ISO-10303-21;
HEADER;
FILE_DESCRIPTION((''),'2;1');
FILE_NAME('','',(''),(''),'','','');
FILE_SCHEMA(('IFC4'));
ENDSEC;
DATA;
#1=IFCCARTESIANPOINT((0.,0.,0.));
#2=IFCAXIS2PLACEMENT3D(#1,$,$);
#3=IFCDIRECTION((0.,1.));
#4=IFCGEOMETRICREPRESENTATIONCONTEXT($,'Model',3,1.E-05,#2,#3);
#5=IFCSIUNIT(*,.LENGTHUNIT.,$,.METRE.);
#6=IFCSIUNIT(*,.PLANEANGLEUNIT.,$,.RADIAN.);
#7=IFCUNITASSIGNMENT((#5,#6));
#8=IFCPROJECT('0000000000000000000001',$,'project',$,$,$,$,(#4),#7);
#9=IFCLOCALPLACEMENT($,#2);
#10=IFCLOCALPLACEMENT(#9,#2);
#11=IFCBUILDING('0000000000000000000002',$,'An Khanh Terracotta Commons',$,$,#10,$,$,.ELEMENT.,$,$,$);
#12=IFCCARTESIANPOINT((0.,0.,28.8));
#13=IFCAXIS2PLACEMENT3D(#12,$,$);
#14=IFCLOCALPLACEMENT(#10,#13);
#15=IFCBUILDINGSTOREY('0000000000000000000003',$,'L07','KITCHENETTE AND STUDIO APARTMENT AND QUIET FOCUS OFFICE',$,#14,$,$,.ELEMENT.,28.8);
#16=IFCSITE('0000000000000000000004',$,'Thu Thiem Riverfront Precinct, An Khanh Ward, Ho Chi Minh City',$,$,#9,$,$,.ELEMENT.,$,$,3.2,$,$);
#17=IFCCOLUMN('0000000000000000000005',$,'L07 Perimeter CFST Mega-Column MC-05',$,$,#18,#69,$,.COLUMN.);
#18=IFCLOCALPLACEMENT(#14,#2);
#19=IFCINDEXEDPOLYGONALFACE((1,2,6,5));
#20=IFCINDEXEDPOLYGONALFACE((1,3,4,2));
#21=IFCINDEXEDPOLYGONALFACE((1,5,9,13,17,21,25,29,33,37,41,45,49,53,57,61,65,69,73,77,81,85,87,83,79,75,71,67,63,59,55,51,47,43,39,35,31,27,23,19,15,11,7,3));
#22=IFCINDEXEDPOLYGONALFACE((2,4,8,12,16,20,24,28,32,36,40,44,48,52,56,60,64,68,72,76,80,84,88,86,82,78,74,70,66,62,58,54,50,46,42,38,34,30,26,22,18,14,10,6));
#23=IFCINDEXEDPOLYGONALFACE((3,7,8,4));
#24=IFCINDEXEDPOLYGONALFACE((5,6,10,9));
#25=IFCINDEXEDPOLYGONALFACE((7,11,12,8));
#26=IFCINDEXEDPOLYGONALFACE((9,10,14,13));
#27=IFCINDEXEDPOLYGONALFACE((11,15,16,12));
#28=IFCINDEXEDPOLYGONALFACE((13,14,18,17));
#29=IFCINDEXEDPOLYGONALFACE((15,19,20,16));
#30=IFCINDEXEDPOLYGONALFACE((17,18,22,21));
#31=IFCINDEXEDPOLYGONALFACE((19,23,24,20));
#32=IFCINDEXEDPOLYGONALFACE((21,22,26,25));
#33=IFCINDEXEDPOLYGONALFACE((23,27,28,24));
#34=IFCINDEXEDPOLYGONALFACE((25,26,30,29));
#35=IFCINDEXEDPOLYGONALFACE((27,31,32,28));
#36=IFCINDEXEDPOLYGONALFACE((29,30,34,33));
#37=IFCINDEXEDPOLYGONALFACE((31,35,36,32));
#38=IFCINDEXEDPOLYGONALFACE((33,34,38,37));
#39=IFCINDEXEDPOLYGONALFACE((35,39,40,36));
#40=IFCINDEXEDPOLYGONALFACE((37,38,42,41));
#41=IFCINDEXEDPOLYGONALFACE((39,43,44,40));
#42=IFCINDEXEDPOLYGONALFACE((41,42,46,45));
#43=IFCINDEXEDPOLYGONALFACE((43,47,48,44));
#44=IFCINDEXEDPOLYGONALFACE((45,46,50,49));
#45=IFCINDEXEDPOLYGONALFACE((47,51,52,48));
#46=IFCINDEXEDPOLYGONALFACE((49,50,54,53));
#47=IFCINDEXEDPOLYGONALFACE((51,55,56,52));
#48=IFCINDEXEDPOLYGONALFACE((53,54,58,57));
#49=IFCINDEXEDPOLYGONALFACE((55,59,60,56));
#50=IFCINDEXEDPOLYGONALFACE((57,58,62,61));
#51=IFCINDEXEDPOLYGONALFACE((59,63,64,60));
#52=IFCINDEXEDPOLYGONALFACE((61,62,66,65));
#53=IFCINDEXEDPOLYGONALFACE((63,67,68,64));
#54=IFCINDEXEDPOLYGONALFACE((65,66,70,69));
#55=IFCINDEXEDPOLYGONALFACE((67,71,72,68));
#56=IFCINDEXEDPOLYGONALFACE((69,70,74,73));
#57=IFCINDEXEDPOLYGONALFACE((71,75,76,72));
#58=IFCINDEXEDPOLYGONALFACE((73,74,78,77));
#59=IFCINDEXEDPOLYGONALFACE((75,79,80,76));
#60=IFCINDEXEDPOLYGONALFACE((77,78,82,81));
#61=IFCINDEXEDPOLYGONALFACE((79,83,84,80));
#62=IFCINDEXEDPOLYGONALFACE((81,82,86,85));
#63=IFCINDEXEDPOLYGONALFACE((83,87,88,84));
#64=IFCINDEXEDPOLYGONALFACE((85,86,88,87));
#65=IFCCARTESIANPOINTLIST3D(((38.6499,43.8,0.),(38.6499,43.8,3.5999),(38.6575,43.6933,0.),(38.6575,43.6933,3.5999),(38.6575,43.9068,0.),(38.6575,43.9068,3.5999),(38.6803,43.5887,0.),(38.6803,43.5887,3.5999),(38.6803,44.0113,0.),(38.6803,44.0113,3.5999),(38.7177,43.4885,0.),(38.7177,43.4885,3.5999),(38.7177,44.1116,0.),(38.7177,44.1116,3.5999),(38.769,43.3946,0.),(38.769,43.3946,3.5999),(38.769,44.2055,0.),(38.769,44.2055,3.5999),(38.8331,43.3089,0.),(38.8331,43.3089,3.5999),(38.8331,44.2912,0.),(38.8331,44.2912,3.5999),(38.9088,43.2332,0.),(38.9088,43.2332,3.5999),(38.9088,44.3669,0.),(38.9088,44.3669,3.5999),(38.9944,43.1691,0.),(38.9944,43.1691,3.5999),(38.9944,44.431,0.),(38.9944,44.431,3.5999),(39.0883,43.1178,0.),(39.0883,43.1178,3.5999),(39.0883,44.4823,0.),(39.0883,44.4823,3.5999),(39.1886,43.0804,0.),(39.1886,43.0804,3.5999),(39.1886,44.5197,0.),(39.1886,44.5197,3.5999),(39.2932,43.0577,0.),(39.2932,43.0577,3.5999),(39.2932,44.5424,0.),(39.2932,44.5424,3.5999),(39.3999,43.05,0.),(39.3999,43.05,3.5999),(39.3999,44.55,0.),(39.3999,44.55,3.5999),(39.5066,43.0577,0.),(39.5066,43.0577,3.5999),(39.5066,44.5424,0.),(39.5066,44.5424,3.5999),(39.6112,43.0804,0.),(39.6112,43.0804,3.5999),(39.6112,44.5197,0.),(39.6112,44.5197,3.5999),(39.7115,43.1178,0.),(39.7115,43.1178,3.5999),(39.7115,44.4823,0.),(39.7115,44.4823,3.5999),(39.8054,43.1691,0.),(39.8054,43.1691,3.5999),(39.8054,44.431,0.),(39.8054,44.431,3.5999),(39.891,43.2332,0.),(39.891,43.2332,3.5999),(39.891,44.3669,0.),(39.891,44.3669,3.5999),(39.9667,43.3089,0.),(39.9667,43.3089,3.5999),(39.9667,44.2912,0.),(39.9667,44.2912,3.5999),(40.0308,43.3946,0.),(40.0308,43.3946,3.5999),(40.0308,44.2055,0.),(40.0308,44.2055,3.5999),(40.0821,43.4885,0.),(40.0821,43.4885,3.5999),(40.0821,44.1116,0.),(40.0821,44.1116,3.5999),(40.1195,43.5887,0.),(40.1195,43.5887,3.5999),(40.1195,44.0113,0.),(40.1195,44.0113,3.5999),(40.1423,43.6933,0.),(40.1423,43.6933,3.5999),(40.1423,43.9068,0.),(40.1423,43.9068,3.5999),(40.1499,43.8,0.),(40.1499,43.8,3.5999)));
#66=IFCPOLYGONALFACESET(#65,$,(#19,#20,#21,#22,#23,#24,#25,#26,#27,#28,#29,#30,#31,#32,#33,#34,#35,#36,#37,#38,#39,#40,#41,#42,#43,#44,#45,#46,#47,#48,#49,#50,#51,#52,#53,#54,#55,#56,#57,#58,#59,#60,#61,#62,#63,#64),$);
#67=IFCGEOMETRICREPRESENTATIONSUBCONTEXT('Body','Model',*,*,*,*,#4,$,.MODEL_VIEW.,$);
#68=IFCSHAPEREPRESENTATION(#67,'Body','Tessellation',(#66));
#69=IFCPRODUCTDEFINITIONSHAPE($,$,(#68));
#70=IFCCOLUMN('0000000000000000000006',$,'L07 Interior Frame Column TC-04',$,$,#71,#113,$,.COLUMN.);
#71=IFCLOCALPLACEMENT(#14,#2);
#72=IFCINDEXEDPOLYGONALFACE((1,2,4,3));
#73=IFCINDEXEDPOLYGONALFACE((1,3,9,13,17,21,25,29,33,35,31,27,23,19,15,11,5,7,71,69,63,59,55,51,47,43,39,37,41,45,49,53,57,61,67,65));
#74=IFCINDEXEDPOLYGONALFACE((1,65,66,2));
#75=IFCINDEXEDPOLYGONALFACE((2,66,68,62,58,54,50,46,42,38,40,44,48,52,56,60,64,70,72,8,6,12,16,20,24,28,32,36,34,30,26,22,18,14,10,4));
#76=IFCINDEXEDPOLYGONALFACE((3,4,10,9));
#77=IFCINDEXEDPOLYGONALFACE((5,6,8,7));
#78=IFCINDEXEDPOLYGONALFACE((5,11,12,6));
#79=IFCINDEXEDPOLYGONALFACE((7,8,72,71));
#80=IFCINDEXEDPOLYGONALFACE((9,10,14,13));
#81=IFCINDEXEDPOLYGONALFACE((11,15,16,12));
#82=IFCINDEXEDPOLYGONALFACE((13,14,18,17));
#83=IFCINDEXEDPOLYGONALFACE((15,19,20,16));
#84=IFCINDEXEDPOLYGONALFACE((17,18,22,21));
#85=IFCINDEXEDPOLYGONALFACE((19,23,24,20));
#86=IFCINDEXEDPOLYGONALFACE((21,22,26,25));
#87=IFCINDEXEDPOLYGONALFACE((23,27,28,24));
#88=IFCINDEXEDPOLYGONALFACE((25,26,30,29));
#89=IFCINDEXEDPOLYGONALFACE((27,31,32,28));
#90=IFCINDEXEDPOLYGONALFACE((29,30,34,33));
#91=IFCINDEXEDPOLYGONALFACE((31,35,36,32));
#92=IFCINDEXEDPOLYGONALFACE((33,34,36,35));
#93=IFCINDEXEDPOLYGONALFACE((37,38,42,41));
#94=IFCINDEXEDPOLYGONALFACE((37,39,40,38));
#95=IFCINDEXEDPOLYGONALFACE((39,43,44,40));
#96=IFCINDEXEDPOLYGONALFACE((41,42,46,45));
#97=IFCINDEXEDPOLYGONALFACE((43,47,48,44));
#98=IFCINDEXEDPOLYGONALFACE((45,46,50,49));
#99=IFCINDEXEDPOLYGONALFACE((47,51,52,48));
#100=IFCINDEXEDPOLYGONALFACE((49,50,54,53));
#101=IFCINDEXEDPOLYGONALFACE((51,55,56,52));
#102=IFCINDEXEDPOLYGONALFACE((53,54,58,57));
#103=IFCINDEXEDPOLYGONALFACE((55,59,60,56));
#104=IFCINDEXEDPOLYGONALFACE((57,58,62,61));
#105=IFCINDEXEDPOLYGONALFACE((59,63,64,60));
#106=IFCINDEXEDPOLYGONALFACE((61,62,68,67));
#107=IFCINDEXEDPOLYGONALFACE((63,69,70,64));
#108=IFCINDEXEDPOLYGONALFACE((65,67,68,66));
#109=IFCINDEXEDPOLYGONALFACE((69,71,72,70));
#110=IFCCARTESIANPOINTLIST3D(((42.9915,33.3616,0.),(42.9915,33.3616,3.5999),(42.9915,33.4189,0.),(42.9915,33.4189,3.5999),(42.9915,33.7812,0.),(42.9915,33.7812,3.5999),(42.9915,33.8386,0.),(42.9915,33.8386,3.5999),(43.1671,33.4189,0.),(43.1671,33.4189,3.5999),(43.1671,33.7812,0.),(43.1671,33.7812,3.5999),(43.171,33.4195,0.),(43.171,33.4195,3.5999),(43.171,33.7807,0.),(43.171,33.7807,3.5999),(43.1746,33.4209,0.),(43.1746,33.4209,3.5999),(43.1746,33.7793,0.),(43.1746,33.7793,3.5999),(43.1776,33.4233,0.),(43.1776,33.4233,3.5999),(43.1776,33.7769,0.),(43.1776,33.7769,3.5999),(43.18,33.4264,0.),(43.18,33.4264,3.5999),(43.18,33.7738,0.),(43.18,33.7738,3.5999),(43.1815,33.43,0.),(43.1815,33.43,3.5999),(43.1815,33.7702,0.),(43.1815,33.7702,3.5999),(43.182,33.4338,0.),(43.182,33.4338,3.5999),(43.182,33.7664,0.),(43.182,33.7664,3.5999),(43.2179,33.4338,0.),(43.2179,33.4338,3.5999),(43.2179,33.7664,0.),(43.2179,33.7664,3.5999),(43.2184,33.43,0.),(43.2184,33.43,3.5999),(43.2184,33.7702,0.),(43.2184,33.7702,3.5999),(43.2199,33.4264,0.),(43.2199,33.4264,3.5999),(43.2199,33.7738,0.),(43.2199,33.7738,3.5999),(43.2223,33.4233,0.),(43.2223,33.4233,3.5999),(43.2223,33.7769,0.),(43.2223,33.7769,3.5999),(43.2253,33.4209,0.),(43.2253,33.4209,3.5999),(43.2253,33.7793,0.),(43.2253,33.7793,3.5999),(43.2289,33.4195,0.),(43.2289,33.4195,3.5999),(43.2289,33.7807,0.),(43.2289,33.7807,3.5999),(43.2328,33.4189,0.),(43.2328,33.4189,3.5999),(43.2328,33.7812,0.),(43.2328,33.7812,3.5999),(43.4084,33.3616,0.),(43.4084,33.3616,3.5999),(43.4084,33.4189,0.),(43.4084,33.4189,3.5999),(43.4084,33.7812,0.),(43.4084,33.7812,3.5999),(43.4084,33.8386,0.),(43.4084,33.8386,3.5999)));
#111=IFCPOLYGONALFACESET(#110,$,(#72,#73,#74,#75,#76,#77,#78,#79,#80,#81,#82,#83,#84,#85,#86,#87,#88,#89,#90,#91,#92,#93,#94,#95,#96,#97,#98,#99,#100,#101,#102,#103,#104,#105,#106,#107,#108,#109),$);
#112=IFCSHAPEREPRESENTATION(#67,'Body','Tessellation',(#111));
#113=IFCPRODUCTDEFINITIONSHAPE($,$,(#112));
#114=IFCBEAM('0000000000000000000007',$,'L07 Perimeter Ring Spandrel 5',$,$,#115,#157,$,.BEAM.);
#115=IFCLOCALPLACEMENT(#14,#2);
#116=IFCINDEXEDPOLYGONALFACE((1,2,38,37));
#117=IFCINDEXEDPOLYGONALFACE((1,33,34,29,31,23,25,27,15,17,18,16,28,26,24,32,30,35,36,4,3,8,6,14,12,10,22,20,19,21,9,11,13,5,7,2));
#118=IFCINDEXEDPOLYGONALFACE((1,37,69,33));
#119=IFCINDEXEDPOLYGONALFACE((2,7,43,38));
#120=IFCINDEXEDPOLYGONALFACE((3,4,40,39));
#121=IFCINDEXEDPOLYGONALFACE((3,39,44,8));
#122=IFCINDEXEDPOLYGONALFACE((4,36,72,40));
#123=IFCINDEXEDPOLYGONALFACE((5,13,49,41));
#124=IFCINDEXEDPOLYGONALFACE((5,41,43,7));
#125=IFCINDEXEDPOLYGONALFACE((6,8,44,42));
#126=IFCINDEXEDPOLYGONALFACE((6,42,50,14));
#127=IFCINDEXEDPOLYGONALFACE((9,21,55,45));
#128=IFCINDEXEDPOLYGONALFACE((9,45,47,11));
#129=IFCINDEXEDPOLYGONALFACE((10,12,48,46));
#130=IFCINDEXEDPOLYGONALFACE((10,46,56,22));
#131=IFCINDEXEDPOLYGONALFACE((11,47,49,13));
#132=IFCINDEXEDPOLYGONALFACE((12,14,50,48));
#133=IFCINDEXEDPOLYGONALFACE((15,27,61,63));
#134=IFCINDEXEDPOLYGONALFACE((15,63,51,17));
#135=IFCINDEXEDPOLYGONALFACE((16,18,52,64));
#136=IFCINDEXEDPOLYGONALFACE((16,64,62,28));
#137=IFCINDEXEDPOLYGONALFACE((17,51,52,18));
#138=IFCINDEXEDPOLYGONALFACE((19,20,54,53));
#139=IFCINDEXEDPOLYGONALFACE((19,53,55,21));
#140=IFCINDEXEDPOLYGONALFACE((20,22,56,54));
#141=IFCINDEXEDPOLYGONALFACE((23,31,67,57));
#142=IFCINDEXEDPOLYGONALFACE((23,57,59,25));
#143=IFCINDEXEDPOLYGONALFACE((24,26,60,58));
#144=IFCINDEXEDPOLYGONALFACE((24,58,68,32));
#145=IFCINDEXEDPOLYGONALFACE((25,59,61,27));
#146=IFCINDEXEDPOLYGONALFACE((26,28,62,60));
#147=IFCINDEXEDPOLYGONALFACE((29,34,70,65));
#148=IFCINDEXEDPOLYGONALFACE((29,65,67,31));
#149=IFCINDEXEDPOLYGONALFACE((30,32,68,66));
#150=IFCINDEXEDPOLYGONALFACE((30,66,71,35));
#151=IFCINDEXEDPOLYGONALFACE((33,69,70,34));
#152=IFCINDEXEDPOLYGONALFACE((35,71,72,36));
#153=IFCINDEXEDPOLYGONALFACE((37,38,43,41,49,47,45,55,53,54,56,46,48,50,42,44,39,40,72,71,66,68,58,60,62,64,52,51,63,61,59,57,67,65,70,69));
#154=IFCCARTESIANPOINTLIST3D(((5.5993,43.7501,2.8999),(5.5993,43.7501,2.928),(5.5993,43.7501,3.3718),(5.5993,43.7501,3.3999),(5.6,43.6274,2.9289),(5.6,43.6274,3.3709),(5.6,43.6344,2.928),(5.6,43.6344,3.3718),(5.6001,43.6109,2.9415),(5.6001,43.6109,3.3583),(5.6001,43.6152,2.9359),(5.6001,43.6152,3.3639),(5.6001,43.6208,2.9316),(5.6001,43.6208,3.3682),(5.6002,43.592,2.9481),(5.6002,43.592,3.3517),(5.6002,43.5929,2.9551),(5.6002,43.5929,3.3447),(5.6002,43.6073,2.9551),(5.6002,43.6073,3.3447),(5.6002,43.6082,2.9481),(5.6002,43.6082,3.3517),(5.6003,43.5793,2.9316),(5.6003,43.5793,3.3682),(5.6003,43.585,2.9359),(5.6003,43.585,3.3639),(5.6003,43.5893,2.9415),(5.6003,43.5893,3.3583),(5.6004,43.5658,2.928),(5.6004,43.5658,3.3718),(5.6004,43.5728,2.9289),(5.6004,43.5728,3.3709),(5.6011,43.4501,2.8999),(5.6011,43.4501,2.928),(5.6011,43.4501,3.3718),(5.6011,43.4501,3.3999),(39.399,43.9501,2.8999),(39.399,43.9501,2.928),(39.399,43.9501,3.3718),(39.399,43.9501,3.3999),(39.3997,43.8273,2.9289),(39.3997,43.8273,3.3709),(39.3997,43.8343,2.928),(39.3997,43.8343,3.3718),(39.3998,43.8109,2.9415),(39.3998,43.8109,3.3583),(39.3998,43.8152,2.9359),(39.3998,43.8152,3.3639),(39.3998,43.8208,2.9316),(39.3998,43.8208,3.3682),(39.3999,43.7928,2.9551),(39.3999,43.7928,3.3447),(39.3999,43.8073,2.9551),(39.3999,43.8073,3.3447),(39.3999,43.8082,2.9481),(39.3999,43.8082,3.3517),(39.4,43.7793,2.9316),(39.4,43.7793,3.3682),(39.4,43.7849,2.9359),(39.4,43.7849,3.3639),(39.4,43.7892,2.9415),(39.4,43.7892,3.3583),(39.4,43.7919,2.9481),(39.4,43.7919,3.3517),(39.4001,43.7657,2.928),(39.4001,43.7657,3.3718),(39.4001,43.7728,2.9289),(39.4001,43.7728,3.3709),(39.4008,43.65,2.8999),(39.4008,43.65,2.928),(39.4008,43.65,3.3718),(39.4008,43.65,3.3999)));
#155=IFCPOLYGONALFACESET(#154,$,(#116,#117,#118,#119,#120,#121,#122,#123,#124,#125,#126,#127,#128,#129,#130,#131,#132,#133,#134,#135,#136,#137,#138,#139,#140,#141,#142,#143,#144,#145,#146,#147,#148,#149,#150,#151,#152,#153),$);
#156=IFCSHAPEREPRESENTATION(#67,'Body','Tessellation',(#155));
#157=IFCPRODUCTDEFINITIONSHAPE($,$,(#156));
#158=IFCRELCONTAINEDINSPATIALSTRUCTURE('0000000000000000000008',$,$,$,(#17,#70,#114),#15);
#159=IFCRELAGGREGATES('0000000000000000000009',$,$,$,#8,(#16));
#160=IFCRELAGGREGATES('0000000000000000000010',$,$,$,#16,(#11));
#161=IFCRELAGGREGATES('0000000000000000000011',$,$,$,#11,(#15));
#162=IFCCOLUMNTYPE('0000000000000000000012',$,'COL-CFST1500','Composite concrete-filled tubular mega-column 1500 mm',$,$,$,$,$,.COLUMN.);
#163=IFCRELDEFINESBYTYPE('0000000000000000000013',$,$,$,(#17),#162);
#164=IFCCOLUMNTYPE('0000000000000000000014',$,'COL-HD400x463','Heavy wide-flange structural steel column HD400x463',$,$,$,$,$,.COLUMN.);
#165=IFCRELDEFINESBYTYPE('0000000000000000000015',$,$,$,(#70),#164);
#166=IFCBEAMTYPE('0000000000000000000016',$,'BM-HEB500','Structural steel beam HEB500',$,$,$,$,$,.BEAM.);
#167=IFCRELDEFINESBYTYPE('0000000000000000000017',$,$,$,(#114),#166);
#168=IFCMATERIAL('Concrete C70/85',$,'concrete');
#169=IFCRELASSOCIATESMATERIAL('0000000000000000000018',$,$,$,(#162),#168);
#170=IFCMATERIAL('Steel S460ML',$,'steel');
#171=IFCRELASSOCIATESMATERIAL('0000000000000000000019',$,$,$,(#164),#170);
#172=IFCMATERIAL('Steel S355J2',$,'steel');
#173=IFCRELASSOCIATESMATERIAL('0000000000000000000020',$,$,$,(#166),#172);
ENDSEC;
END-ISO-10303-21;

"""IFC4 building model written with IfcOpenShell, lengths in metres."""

from ifc_helpers import new_model, si_unit, direction, frame, origin, origin_2d, place, context, subcontext, project, spatial, circle, i_section, extrude, material, material_profile, profile_set, type_object, element, save


model = new_model("IFC4")

# Units and contexts
model_context = context("Model", 3, precision=1e-05, world=origin(), true_north=direction((0.0, 1.0)))
body_context = subcontext(model_context, "Body", "Model", "MODEL_VIEW")
ifc_project = project(units=[si_unit("LENGTHUNIT", "METRE"), si_unit("PLANEANGLEUNIT", "RADIAN")], contexts=[model_context])

# Site, building, storey
site_placement = place(None, origin())
site = spatial("IfcSite", under=ifc_project, at=site_placement, Name="Thu Thiem Riverfront Precinct, An Khanh Ward, Ho Chi Minh City", CompositionType="ELEMENT", RefElevation=3.2)
building_placement = place(site_placement, origin())
building = spatial("IfcBuilding", under=site, at=building_placement, Name="An Khanh Terracotta Commons", CompositionType="ELEMENT")
storey_placement = place(building_placement, frame((0.0, 0.0, 28.8)))
storey = spatial("IfcBuildingStorey", under=building, at=storey_placement, Name="L07", Description="KITCHENETTE AND STUDIO APARTMENT AND QUIET FOCUS OFFICE", CompositionType="ELEMENT", Elevation=28.8)

# Columns
ifc_material_1 = material(Name="Concrete C70/85", Category="concrete")
ifc_material_profile_1 = material_profile(ifc_material_1, circle(Radius=0.75, at=origin_2d()), Name="CFST1500")
ifc_profile_set_1 = profile_set([ifc_material_profile_1], Name="Concrete C70/85")
column_type_1 = type_object("IfcColumnType", Name="COL-CFST1500", Description="Composite concrete-filled tubular mega-column 1500 mm", PredefinedType="COLUMN", material=ifc_profile_set_1)
column_1_placement = place(storey_placement, frame((39.3999, 43.8, 0.0), z_axis=(0.0, 0.0, 1.0), x_axis=(1.0, 0.0, 0.0)))
element("IfcColumn", 1, at=column_1_placement, inside=storey, type_object=column_type_1, Name="L07 Perimeter CFST Mega-Column MC-05", PredefinedType="COLUMN", context=body_context, shape_type="SweptSolid", body=[
    extrude(circle(Radius=0.75, at=origin_2d()), origin(), (0.0, 0.0, 1.0), 3.5999),
])
ifc_material_2 = material(Name="Steel S460ML", Category="steel")
ifc_material_profile_2 = material_profile(ifc_material_2, i_section(OverallWidth=0.417, OverallDepth=0.4771, WebThickness=0.0359, FlangeThickness=0.0574, FilletRadius=0.0149, at=origin_2d()), Name="HD400x463")
ifc_profile_set_2 = profile_set([ifc_material_profile_2], Name="Steel S460ML")
column_type_2 = type_object("IfcColumnType", Name="COL-HD400x463", Description="Heavy wide-flange structural steel column HD400x463", PredefinedType="COLUMN", material=ifc_profile_set_2)
column_2_placement = place(storey_placement, frame((43.2, 33.6001, 0.0), z_axis=(0.0, 0.0, 1.0), x_axis=(1.0, 0.0, 0.0)))
element("IfcColumn", 2, at=column_2_placement, inside=storey, type_object=column_type_2, Name="L07 Interior Frame Column TC-04", PredefinedType="COLUMN", context=body_context, shape_type="SweptSolid", body=[
    extrude(i_section(OverallWidth=0.417, OverallDepth=0.4771, WebThickness=0.0359, FlangeThickness=0.0574, FilletRadius=0.0149, at=origin_2d()), origin(), (0.0, 0.0, 1.0), 3.5999),
])

# Beam
ifc_material_3 = material(Name="Steel S355J2", Category="steel")
ifc_material_profile_3 = material_profile(ifc_material_3, i_section(OverallWidth=0.3, OverallDepth=0.5, WebThickness=0.0144, FlangeThickness=0.0281, FilletRadius=0.0271, at=origin_2d()), Name="HEB500")
ifc_profile_set_3 = profile_set([ifc_material_profile_3], Name="Steel S355J2")
beam_type_1 = type_object("IfcBeamType", Name="BM-HEB500", Description="Structural steel beam HEB500", PredefinedType="BEAM", material=ifc_profile_set_3)
beam_1_placement = place(storey_placement, frame((39.3999, 43.8, 3.1499), z_axis=(-0.999983, -0.005916, 0.0), x_axis=(0.005916, -0.999983, 0.0)))
element("IfcBeam", 3, at=beam_1_placement, inside=storey, type_object=beam_type_1, Name="L07 Perimeter Ring Spandrel 5", PredefinedType="BEAM", context=body_context, shape_type="SweptSolid", body=[
    extrude(i_section(OverallWidth=0.3, OverallDepth=0.5, WebThickness=0.0144, FlangeThickness=0.0281, FilletRadius=0.0271, at=origin_2d()), origin(), (0.0, 0.0, 1.0), 33.8003),
])

save(model, "model.ifc")
